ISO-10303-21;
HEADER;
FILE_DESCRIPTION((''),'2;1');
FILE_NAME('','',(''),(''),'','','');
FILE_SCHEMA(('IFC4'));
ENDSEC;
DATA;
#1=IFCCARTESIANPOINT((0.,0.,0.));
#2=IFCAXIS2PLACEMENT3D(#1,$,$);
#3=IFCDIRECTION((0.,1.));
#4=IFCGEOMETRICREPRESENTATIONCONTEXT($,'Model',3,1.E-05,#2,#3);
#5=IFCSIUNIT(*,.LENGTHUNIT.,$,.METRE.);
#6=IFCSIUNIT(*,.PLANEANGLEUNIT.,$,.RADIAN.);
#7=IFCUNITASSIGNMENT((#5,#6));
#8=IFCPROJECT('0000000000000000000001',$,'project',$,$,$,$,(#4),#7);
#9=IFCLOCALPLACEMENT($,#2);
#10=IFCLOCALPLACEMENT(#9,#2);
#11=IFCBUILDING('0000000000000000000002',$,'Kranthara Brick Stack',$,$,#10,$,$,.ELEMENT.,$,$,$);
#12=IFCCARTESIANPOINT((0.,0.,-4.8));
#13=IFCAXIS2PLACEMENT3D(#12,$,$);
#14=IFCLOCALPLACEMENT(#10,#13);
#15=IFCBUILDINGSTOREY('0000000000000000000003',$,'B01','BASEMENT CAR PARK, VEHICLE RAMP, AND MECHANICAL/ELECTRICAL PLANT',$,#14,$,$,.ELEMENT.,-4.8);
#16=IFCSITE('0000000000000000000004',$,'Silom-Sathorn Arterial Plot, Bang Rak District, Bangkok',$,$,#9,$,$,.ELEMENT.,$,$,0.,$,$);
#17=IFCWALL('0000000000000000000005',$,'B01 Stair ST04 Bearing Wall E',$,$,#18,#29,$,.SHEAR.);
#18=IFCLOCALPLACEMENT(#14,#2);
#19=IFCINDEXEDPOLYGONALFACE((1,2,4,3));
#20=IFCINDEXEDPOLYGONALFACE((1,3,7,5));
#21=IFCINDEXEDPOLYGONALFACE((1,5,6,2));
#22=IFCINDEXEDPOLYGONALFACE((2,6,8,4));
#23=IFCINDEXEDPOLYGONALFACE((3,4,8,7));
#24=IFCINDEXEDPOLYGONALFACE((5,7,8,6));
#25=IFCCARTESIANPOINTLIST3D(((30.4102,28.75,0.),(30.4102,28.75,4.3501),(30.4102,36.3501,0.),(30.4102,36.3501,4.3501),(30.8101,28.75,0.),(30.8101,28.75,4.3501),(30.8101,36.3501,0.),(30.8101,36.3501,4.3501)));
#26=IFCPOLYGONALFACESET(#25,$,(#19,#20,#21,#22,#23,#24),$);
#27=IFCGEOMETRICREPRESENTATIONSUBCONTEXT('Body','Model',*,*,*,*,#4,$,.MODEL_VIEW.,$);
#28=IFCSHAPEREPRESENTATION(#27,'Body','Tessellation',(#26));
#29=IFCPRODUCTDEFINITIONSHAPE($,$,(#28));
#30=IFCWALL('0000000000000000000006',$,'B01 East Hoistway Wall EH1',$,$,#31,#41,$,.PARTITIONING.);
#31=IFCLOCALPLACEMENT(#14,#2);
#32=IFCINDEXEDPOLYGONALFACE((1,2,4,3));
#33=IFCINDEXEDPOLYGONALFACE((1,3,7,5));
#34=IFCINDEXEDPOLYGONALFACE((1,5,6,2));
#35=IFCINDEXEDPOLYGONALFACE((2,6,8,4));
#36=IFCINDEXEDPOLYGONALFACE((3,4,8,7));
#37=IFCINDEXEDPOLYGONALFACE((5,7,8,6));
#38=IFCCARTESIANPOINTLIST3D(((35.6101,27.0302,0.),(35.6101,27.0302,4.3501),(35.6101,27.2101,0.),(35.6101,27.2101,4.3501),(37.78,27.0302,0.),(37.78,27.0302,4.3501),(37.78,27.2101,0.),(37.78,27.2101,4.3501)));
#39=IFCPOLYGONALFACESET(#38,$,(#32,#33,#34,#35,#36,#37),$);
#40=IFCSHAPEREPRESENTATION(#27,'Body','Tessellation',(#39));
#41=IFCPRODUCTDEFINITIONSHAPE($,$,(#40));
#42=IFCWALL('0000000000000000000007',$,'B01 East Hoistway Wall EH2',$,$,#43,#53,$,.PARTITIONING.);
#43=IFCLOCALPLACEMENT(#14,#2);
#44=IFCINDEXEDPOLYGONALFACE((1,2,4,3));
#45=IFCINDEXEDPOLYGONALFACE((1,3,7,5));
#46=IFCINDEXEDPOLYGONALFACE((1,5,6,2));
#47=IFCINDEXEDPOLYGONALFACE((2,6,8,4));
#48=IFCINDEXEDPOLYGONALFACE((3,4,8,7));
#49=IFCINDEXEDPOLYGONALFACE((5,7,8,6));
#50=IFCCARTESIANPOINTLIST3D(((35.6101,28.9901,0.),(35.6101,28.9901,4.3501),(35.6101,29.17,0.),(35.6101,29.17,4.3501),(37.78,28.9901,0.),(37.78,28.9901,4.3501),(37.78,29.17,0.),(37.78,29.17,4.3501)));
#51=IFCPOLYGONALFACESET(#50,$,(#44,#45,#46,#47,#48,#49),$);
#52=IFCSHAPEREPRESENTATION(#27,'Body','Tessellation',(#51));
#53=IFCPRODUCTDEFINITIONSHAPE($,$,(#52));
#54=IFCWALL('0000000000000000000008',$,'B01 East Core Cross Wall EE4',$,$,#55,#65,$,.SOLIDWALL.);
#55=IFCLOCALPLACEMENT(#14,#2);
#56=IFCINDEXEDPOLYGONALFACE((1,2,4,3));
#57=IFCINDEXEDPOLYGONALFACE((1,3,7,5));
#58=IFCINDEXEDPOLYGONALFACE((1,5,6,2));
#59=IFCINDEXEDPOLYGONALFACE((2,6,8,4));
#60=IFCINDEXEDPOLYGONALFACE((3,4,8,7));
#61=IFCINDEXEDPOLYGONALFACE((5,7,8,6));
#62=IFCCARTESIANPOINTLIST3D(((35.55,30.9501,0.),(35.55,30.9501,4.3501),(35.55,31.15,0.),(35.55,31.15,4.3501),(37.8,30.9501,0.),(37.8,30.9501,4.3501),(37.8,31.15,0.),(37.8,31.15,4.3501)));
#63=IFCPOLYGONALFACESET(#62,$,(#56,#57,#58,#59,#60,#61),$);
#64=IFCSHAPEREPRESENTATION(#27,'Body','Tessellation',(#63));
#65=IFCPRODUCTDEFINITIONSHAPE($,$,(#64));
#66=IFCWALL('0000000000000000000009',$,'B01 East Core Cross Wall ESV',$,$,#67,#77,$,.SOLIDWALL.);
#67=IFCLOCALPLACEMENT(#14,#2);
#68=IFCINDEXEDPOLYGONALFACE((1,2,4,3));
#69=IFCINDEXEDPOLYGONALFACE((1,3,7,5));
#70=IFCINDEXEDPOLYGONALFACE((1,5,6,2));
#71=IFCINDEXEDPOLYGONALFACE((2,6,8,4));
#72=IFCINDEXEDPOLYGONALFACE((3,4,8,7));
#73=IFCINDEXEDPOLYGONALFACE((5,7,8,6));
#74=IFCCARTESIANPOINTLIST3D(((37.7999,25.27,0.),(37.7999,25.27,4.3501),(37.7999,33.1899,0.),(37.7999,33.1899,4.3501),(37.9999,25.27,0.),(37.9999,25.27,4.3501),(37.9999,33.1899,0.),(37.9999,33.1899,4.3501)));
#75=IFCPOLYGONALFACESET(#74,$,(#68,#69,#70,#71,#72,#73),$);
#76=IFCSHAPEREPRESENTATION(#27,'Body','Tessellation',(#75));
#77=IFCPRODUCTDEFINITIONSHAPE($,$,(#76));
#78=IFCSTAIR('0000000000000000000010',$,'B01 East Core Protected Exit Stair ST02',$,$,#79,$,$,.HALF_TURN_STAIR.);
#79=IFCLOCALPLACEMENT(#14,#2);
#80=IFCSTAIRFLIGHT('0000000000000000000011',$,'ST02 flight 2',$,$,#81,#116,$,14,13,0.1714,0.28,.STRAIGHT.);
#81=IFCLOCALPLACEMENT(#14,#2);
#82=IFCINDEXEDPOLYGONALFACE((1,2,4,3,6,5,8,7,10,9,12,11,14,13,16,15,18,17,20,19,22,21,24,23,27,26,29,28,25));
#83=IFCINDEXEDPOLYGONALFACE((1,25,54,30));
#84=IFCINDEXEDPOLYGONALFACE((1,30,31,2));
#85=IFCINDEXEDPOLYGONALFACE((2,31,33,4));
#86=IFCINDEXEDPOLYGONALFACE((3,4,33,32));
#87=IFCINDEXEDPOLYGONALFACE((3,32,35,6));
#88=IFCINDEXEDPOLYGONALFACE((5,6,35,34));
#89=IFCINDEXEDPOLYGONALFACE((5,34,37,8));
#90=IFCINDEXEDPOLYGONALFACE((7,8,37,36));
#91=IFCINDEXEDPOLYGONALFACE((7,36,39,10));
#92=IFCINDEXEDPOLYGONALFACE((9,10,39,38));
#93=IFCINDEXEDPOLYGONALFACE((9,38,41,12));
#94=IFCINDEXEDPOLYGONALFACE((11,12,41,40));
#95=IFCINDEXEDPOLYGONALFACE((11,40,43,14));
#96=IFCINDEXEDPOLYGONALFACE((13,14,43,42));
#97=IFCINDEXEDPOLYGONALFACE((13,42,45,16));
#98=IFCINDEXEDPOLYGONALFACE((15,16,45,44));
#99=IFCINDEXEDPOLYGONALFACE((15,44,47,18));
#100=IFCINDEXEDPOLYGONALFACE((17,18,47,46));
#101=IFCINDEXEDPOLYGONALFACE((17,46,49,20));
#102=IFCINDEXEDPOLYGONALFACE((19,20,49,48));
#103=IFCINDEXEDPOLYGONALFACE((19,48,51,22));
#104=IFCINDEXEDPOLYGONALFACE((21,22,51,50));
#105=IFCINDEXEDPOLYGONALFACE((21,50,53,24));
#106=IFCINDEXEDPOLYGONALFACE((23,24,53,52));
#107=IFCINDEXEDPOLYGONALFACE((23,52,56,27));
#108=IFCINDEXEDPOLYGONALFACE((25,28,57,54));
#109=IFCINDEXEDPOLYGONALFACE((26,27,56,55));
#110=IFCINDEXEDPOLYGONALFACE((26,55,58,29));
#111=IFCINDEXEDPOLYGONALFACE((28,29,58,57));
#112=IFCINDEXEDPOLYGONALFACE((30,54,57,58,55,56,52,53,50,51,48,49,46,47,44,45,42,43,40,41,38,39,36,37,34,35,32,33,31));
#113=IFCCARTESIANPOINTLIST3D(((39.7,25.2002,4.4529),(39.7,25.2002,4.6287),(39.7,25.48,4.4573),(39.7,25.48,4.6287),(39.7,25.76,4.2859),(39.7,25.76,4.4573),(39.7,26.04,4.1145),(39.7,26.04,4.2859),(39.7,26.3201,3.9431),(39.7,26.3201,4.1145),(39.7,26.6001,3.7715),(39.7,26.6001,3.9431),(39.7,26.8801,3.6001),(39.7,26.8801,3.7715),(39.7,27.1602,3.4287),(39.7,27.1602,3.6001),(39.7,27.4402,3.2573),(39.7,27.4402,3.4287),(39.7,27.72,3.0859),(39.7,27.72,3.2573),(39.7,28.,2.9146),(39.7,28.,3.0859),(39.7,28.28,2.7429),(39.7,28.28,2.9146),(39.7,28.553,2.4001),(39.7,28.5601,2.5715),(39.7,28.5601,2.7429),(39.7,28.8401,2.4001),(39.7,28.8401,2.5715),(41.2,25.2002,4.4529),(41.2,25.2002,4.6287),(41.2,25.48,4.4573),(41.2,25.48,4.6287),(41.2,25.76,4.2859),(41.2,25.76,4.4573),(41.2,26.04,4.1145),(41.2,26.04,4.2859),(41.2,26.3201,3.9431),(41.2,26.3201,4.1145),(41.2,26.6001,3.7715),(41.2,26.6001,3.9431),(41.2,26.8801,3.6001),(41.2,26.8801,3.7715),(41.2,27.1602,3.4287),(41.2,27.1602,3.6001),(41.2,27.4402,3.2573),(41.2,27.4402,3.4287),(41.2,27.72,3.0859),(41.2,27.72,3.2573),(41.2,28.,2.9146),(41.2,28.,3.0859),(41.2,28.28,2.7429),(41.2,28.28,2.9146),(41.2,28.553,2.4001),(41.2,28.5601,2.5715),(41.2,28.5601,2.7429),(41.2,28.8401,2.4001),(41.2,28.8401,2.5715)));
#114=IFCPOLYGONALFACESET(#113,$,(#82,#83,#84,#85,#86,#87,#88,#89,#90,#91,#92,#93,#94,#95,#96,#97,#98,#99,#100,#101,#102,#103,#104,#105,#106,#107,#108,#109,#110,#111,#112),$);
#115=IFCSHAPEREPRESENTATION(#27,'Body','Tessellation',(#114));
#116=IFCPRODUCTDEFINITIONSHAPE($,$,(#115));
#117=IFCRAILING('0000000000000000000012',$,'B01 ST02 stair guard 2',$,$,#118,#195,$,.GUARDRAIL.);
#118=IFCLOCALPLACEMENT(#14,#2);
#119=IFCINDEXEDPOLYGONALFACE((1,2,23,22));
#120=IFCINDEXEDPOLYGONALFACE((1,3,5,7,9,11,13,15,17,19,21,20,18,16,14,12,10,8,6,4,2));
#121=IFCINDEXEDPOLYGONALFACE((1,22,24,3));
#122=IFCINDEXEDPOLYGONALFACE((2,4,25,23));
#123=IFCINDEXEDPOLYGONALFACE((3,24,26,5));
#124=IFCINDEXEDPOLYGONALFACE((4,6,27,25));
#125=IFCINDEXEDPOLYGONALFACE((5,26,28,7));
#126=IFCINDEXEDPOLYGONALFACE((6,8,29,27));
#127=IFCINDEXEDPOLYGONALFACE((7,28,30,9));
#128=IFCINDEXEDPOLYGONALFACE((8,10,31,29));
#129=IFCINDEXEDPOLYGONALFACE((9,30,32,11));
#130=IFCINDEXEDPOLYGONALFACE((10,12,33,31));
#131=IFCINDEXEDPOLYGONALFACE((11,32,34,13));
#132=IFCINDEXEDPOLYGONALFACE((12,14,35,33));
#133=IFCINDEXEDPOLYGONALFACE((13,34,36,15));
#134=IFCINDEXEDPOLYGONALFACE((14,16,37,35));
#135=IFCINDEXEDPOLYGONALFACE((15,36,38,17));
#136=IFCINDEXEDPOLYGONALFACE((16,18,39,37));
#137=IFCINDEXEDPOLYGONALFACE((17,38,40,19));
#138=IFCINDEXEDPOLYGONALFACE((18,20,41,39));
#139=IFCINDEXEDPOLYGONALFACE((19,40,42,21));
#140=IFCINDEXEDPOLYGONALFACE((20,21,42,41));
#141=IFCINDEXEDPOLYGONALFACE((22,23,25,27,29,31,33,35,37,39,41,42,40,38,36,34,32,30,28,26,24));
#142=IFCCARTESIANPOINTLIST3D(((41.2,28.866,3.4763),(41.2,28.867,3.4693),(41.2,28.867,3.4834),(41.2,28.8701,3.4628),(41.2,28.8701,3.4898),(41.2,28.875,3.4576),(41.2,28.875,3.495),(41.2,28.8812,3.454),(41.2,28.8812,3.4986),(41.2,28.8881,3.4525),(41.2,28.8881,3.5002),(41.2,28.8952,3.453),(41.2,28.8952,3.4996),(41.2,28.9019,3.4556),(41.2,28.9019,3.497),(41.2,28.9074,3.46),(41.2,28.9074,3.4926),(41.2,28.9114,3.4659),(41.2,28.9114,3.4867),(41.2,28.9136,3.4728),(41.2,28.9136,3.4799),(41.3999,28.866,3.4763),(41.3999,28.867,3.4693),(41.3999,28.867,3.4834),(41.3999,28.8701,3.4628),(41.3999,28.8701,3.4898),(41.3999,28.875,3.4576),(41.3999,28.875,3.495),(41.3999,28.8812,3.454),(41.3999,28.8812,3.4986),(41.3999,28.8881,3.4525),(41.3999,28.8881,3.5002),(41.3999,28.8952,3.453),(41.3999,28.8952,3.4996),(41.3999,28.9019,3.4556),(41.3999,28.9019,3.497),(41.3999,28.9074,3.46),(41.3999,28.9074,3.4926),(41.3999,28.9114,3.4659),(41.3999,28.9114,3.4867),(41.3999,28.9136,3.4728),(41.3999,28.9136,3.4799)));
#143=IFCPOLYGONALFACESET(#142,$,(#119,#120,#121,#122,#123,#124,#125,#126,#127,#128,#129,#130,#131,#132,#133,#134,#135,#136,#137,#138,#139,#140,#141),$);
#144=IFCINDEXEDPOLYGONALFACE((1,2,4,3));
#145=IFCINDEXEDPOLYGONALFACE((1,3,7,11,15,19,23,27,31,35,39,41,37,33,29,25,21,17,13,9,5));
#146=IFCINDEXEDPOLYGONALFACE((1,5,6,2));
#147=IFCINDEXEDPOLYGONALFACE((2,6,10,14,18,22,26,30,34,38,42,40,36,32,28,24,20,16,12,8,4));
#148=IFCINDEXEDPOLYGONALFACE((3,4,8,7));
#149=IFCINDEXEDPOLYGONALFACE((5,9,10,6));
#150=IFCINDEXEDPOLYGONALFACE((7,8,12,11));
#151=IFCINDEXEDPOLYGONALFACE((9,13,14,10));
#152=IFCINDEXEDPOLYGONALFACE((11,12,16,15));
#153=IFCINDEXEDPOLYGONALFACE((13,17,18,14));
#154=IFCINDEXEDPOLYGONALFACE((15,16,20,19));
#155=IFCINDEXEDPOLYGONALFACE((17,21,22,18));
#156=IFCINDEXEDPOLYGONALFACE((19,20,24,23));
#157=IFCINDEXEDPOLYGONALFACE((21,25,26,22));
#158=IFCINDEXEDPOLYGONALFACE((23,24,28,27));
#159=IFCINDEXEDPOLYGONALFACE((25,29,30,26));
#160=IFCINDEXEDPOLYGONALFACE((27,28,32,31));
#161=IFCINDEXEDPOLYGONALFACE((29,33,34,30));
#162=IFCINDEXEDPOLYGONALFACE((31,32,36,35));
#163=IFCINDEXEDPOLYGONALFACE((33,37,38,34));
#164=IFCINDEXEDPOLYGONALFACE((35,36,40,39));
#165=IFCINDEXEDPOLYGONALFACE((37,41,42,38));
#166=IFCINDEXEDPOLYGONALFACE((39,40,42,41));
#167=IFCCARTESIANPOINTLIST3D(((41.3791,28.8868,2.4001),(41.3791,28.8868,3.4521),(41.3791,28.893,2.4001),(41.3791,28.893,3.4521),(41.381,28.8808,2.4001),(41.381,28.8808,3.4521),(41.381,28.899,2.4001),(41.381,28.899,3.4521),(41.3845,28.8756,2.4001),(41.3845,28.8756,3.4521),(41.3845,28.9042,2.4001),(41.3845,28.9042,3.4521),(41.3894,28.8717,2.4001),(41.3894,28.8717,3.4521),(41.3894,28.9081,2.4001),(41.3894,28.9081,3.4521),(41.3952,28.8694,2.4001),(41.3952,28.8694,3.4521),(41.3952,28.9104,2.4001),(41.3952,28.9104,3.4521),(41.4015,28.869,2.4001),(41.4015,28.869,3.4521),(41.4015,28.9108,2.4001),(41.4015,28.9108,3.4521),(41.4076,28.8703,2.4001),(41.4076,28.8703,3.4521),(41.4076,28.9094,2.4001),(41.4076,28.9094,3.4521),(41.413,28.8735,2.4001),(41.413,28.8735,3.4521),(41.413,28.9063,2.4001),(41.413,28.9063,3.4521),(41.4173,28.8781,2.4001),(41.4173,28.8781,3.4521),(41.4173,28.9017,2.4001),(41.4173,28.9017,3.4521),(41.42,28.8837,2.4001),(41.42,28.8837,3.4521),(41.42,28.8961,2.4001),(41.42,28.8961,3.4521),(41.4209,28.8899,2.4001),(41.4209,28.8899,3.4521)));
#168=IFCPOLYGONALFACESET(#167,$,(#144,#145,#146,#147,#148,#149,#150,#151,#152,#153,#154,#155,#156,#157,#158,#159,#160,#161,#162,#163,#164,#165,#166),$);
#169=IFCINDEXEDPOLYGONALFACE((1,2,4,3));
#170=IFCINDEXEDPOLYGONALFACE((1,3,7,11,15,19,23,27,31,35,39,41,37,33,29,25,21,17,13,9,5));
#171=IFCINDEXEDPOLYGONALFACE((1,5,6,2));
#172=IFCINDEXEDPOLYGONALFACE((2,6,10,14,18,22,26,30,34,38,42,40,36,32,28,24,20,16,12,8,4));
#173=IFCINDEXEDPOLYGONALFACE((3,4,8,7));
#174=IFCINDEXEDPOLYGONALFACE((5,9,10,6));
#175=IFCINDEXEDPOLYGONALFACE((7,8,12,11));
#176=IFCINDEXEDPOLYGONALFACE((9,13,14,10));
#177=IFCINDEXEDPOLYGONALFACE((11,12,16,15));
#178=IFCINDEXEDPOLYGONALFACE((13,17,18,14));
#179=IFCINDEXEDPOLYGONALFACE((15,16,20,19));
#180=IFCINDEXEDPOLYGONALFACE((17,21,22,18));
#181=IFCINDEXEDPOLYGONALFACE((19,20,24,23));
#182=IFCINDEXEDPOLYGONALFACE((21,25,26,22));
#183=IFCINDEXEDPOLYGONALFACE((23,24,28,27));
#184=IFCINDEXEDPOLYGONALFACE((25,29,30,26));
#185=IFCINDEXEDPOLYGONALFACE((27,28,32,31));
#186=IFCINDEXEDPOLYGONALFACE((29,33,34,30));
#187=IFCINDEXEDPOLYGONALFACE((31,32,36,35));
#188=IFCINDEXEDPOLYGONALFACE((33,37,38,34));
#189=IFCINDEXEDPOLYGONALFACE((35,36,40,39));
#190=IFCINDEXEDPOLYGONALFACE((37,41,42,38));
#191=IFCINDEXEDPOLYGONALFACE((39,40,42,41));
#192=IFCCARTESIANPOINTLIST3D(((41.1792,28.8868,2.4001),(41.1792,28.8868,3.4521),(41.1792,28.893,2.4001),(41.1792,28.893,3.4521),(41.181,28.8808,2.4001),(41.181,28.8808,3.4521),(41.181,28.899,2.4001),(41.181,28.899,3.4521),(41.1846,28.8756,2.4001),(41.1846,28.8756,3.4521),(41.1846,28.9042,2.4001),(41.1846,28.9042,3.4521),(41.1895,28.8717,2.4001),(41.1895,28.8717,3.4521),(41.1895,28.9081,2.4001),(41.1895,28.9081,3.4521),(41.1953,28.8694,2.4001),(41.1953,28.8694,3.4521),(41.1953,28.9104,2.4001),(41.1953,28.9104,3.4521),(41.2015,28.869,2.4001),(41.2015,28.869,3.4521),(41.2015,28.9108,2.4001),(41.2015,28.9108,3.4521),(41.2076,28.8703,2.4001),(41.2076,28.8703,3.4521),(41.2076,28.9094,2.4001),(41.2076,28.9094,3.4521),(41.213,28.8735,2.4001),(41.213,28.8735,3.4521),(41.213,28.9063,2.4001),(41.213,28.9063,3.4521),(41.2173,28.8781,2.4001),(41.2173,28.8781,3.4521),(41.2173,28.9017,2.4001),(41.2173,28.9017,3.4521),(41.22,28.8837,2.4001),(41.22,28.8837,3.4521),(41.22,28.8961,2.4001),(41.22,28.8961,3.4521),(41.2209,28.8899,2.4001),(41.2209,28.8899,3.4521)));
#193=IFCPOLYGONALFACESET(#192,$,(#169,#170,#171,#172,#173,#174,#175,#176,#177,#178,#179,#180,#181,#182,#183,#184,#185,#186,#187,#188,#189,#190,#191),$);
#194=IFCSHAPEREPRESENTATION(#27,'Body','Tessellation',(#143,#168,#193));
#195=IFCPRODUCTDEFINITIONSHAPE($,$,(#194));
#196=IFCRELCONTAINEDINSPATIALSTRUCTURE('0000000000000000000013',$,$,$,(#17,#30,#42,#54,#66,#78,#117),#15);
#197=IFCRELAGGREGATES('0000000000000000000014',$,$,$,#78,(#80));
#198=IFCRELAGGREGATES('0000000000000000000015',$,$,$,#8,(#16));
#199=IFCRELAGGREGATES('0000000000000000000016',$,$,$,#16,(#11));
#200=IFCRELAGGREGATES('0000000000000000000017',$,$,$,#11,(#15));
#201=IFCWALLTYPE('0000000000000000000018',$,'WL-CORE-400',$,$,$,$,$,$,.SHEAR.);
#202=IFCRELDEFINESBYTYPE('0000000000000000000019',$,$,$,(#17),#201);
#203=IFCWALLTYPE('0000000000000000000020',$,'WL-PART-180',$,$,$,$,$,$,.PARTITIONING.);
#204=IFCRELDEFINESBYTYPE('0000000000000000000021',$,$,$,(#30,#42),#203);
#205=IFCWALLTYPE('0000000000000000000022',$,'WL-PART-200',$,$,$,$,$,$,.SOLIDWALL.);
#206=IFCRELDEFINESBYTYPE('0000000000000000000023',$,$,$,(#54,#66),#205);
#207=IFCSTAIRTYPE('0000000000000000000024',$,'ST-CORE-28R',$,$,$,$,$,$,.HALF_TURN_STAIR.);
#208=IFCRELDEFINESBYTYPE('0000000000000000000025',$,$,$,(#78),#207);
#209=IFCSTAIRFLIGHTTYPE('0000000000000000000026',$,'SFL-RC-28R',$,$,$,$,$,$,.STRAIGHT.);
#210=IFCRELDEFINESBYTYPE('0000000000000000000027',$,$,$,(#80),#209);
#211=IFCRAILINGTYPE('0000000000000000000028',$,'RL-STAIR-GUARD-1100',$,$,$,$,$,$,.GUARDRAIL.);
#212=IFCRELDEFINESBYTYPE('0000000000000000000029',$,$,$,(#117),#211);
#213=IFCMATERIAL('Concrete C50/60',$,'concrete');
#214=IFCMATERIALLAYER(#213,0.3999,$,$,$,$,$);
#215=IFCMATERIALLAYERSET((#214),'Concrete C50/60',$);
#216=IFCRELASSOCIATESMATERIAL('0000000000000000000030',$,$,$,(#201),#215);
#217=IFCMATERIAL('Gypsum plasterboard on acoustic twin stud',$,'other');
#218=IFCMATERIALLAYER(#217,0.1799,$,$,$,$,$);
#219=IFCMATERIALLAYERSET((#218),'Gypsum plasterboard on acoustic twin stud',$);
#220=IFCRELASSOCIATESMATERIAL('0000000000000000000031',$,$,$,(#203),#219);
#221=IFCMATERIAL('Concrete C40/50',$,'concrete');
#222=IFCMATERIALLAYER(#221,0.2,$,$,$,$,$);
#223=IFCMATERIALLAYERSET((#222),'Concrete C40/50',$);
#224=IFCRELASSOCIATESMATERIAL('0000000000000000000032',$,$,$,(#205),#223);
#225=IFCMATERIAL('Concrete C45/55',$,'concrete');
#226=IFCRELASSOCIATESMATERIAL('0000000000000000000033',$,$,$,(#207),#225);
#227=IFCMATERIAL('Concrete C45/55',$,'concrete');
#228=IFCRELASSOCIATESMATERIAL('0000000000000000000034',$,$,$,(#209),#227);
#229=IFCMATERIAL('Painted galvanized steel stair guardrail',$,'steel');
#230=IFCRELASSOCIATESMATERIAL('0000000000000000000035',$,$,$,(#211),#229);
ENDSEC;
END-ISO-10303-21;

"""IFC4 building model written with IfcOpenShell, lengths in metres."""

from ifc_helpers import new_model, si_unit, direction, frame, frame_2d, origin, origin_2d, place, context, subcontext, project, spatial, polyline, rectangle, circle, outline, extrude, material, layer, layer_set, type_object, element, aggregate, save


model = new_model("IFC4")

# Units and contexts
model_context = context("Model", 3, precision=1e-05, world=origin(), true_north=direction((0.0, 1.0)))
body_context = subcontext(model_context, "Body", "Model", "MODEL_VIEW")
ifc_project = project(units=[si_unit("LENGTHUNIT", "METRE"), si_unit("PLANEANGLEUNIT", "RADIAN")], contexts=[model_context])

# Site, building, storey
site_placement = place(None, origin())
site = spatial("IfcSite", under=ifc_project, at=site_placement, Name="Silom-Sathorn Arterial Plot, Bang Rak District, Bangkok", CompositionType="ELEMENT", RefElevation=0.0)
building_placement = place(site_placement, origin())
building = spatial("IfcBuilding", under=site, at=building_placement, Name="Kranthara Brick Stack", CompositionType="ELEMENT")
storey_placement = place(building_placement, frame((0.0, 0.0, -4.8)))
storey = spatial("IfcBuildingStorey", under=building, at=storey_placement, Name="B01", Description="BASEMENT CAR PARK, VEHICLE RAMP, AND MECHANICAL/ELECTRICAL PLANT", CompositionType="ELEMENT", Elevation=-4.8)

# Wall
ifc_material_1 = material(Name="Concrete C50/60", Category="concrete")
ifc_layer_1 = layer(ifc_material_1, 0.3999)
ifc_layer_set_1 = layer_set([ifc_layer_1], Name="Concrete C50/60")
wall_type_1 = type_object("IfcWallType", Name="WL-CORE-400", PredefinedType="SHEAR", material=ifc_layer_set_1)
wall_1_placement = place(storey_placement, frame((30.6101, 28.75, 0.0), z_axis=(0.0, 0.0, 1.0), x_axis=(0.0, 1.0, 0.0)))
element("IfcWall", 1, at=wall_1_placement, inside=storey, type_object=wall_type_1, Name="B01 Stair ST04 Bearing Wall E", PredefinedType="SHEAR", context=body_context, shape_type="SweptSolid", body=[
    extrude(rectangle(XDim=7.6001, YDim=0.3999, at=frame_2d((3.8, 0.0))), origin(), (0.0, 0.0, 1.0), 4.3501),
])

# Walls
ifc_material_2 = material(Name="Gypsum plasterboard on acoustic twin stud", Category="other")
ifc_layer_2 = layer(ifc_material_2, 0.1799)
ifc_layer_set_2 = layer_set([ifc_layer_2], Name="Gypsum plasterboard on acoustic twin stud")
wall_type_2 = type_object("IfcWallType", Name="WL-PART-180", PredefinedType="PARTITIONING", material=ifc_layer_set_2)
for number, where, z_axis, x_axis, name in (
    (2, (35.6101, 27.1201, 0.0), (0.0, 0.0, 1.0), (1.0, 0.0, 0.0), "B01 East Hoistway Wall EH1"),
    (3, (35.6101, 29.0801, 0.0), (0.0, 0.0, 1.0), (1.0, 0.0, 0.0), "B01 East Hoistway Wall EH2"),
):
    element("IfcWall", number, at=place(storey_placement, frame(where, z_axis=z_axis, x_axis=x_axis)), inside=storey, type_object=wall_type_2, Name=name, PredefinedType="PARTITIONING", context=body_context, shape_type="SweptSolid", body=[
        extrude(rectangle(XDim=2.1699, YDim=0.1799, at=frame_2d((1.085, 0.0))), origin(), (0.0, 0.0, 1.0), 4.3501),
    ])
ifc_material_3 = material(Name="Concrete C40/50", Category="concrete")
ifc_layer_3 = layer(ifc_material_3, 0.2)
ifc_layer_set_3 = layer_set([ifc_layer_3], Name="Concrete C40/50")
wall_type_3 = type_object("IfcWallType", Name="WL-PART-200", PredefinedType="SOLIDWALL", material=ifc_layer_set_3)
wall_2_placement = place(storey_placement, frame((35.55, 31.05, 0.0), z_axis=(0.0, 0.0, 1.0), x_axis=(1.0, 0.0, 0.0)))
element("IfcWall", 4, at=wall_2_placement, inside=storey, type_object=wall_type_3, Name="B01 East Core Cross Wall EE4", PredefinedType="SOLIDWALL", context=body_context, shape_type="SweptSolid", body=[
    extrude(rectangle(XDim=2.25, YDim=0.2, at=frame_2d((1.125, 0.0))), origin(), (0.0, 0.0, 1.0), 4.3501),
])
wall_3_placement = place(storey_placement, frame((37.8999, 25.27, 0.0), z_axis=(0.0, 0.0, 1.0), x_axis=(0.0, 1.0, 0.0)))
element("IfcWall", 5, at=wall_3_placement, inside=storey, type_object=wall_type_3, Name="B01 East Core Cross Wall ESV", PredefinedType="SOLIDWALL", context=body_context, shape_type="SweptSolid", body=[
    extrude(rectangle(XDim=7.9199, YDim=0.2, at=frame_2d((3.96, 0.0))), origin(), (0.0, 0.0, 1.0), 4.3501),
])

# Stair, stair flight
ifc_material_4 = material(Name="Concrete C45/55", Category="concrete")
stair_type = type_object("IfcStairType", Name="ST-CORE-28R", PredefinedType="HALF_TURN_STAIR", material=ifc_material_4)
stair_placement = place(storey_placement, origin())
stair = element("IfcStair", 6, at=stair_placement, inside=storey, type_object=stair_type, Name="B01 East Core Protected Exit Stair ST02", PredefinedType="HALF_TURN_STAIR")
ifc_material_5 = material(Name="Concrete C45/55", Category="concrete")
stair_flight_type = type_object("IfcStairFlightType", Name="SFL-RC-28R", PredefinedType="STRAIGHT", material=ifc_material_5)
stair_flight_placement = place(storey_placement, frame((40.45, 28.8401, 2.4001), z_axis=(0.0, 0.0, 1.0), x_axis=(0.0, -1.0, 0.0)))
stair_flight = element("IfcStairFlight", 7, at=stair_flight_placement, type_object=stair_flight_type, Name="ST02 flight 2", NumberOfRisers=14, NumberOfTreads=13, PredefinedType="STRAIGHT", RiserHeight=0.1714, TreadLength=0.28, context=body_context, shape_type="SweptSolid", body=[
    extrude(outline(polyline([(0.0, 0.0), (0.0, 0.1714), (0.28, 0.1714), (0.28, 0.3428), (0.5601, 0.3428), (0.5601, 0.5144), (0.8401, 0.5144), (0.8401, 0.6858), (1.1201, 0.6858), (1.1201, 0.8572), (1.3999, 0.8572), (1.3999, 1.0286), (1.6799, 1.0286), (1.6799, 1.2), (1.96, 1.2), (1.96, 1.3713), (2.24, 1.3713), (2.24, 1.543), (2.52, 1.543), (2.52, 1.7144), (2.8, 1.7144), (2.8, 1.8857), (3.0801, 1.8857), (3.0801, 2.0571), (3.3601, 2.0571), (3.3601, 2.2285), (3.6399, 2.2285), (3.6399, 2.3999), (3.6399, 2.0527), (0.2871, 0.0), (0.0, 0.0)])), frame((0.0, 0.75, 0.0), z_axis=(0.0, -1.0, 0.0), x_axis=(1.0, 0.0, 0.0)), (0.0, 0.0, 1.0), 1.5),
])
aggregate(stair, [stair_flight])

# Railing
ifc_material_6 = material(Name="Painted galvanized steel stair guardrail", Category="steel")
railing_type_1 = type_object("IfcRailingType", Name="RL-STAIR-GUARD-1100", PredefinedType="GUARDRAIL", material=ifc_material_6)
railing_1_placement = place(storey_placement, frame((41.3999, 28.8899, 2.4001)))
element("IfcRailing", 8, at=railing_1_placement, inside=storey, type_object=railing_type_1, Name="B01 ST02 stair guard 2", PredefinedType="GUARDRAIL", context=body_context, shape_type="SweptSolid", body=[
    extrude(circle(Radius=0.0239, at=origin_2d()), frame((0.0, 0.0, 1.0762), z_axis=(-1.0, 0.0, 0.0), x_axis=(0.0, -1.0, 0.0)), (0.0, 0.0, 1.0), 0.2),
    extrude(circle(Radius=0.021, at=origin_2d()), origin(), (0.0, 0.0, 1.0), 1.052),
    extrude(circle(Radius=0.021, at=origin_2d()), frame((-0.2, 0.0, 0.0)), (0.0, 0.0, 1.0), 1.052),
])

save(model, "model.ifc")
